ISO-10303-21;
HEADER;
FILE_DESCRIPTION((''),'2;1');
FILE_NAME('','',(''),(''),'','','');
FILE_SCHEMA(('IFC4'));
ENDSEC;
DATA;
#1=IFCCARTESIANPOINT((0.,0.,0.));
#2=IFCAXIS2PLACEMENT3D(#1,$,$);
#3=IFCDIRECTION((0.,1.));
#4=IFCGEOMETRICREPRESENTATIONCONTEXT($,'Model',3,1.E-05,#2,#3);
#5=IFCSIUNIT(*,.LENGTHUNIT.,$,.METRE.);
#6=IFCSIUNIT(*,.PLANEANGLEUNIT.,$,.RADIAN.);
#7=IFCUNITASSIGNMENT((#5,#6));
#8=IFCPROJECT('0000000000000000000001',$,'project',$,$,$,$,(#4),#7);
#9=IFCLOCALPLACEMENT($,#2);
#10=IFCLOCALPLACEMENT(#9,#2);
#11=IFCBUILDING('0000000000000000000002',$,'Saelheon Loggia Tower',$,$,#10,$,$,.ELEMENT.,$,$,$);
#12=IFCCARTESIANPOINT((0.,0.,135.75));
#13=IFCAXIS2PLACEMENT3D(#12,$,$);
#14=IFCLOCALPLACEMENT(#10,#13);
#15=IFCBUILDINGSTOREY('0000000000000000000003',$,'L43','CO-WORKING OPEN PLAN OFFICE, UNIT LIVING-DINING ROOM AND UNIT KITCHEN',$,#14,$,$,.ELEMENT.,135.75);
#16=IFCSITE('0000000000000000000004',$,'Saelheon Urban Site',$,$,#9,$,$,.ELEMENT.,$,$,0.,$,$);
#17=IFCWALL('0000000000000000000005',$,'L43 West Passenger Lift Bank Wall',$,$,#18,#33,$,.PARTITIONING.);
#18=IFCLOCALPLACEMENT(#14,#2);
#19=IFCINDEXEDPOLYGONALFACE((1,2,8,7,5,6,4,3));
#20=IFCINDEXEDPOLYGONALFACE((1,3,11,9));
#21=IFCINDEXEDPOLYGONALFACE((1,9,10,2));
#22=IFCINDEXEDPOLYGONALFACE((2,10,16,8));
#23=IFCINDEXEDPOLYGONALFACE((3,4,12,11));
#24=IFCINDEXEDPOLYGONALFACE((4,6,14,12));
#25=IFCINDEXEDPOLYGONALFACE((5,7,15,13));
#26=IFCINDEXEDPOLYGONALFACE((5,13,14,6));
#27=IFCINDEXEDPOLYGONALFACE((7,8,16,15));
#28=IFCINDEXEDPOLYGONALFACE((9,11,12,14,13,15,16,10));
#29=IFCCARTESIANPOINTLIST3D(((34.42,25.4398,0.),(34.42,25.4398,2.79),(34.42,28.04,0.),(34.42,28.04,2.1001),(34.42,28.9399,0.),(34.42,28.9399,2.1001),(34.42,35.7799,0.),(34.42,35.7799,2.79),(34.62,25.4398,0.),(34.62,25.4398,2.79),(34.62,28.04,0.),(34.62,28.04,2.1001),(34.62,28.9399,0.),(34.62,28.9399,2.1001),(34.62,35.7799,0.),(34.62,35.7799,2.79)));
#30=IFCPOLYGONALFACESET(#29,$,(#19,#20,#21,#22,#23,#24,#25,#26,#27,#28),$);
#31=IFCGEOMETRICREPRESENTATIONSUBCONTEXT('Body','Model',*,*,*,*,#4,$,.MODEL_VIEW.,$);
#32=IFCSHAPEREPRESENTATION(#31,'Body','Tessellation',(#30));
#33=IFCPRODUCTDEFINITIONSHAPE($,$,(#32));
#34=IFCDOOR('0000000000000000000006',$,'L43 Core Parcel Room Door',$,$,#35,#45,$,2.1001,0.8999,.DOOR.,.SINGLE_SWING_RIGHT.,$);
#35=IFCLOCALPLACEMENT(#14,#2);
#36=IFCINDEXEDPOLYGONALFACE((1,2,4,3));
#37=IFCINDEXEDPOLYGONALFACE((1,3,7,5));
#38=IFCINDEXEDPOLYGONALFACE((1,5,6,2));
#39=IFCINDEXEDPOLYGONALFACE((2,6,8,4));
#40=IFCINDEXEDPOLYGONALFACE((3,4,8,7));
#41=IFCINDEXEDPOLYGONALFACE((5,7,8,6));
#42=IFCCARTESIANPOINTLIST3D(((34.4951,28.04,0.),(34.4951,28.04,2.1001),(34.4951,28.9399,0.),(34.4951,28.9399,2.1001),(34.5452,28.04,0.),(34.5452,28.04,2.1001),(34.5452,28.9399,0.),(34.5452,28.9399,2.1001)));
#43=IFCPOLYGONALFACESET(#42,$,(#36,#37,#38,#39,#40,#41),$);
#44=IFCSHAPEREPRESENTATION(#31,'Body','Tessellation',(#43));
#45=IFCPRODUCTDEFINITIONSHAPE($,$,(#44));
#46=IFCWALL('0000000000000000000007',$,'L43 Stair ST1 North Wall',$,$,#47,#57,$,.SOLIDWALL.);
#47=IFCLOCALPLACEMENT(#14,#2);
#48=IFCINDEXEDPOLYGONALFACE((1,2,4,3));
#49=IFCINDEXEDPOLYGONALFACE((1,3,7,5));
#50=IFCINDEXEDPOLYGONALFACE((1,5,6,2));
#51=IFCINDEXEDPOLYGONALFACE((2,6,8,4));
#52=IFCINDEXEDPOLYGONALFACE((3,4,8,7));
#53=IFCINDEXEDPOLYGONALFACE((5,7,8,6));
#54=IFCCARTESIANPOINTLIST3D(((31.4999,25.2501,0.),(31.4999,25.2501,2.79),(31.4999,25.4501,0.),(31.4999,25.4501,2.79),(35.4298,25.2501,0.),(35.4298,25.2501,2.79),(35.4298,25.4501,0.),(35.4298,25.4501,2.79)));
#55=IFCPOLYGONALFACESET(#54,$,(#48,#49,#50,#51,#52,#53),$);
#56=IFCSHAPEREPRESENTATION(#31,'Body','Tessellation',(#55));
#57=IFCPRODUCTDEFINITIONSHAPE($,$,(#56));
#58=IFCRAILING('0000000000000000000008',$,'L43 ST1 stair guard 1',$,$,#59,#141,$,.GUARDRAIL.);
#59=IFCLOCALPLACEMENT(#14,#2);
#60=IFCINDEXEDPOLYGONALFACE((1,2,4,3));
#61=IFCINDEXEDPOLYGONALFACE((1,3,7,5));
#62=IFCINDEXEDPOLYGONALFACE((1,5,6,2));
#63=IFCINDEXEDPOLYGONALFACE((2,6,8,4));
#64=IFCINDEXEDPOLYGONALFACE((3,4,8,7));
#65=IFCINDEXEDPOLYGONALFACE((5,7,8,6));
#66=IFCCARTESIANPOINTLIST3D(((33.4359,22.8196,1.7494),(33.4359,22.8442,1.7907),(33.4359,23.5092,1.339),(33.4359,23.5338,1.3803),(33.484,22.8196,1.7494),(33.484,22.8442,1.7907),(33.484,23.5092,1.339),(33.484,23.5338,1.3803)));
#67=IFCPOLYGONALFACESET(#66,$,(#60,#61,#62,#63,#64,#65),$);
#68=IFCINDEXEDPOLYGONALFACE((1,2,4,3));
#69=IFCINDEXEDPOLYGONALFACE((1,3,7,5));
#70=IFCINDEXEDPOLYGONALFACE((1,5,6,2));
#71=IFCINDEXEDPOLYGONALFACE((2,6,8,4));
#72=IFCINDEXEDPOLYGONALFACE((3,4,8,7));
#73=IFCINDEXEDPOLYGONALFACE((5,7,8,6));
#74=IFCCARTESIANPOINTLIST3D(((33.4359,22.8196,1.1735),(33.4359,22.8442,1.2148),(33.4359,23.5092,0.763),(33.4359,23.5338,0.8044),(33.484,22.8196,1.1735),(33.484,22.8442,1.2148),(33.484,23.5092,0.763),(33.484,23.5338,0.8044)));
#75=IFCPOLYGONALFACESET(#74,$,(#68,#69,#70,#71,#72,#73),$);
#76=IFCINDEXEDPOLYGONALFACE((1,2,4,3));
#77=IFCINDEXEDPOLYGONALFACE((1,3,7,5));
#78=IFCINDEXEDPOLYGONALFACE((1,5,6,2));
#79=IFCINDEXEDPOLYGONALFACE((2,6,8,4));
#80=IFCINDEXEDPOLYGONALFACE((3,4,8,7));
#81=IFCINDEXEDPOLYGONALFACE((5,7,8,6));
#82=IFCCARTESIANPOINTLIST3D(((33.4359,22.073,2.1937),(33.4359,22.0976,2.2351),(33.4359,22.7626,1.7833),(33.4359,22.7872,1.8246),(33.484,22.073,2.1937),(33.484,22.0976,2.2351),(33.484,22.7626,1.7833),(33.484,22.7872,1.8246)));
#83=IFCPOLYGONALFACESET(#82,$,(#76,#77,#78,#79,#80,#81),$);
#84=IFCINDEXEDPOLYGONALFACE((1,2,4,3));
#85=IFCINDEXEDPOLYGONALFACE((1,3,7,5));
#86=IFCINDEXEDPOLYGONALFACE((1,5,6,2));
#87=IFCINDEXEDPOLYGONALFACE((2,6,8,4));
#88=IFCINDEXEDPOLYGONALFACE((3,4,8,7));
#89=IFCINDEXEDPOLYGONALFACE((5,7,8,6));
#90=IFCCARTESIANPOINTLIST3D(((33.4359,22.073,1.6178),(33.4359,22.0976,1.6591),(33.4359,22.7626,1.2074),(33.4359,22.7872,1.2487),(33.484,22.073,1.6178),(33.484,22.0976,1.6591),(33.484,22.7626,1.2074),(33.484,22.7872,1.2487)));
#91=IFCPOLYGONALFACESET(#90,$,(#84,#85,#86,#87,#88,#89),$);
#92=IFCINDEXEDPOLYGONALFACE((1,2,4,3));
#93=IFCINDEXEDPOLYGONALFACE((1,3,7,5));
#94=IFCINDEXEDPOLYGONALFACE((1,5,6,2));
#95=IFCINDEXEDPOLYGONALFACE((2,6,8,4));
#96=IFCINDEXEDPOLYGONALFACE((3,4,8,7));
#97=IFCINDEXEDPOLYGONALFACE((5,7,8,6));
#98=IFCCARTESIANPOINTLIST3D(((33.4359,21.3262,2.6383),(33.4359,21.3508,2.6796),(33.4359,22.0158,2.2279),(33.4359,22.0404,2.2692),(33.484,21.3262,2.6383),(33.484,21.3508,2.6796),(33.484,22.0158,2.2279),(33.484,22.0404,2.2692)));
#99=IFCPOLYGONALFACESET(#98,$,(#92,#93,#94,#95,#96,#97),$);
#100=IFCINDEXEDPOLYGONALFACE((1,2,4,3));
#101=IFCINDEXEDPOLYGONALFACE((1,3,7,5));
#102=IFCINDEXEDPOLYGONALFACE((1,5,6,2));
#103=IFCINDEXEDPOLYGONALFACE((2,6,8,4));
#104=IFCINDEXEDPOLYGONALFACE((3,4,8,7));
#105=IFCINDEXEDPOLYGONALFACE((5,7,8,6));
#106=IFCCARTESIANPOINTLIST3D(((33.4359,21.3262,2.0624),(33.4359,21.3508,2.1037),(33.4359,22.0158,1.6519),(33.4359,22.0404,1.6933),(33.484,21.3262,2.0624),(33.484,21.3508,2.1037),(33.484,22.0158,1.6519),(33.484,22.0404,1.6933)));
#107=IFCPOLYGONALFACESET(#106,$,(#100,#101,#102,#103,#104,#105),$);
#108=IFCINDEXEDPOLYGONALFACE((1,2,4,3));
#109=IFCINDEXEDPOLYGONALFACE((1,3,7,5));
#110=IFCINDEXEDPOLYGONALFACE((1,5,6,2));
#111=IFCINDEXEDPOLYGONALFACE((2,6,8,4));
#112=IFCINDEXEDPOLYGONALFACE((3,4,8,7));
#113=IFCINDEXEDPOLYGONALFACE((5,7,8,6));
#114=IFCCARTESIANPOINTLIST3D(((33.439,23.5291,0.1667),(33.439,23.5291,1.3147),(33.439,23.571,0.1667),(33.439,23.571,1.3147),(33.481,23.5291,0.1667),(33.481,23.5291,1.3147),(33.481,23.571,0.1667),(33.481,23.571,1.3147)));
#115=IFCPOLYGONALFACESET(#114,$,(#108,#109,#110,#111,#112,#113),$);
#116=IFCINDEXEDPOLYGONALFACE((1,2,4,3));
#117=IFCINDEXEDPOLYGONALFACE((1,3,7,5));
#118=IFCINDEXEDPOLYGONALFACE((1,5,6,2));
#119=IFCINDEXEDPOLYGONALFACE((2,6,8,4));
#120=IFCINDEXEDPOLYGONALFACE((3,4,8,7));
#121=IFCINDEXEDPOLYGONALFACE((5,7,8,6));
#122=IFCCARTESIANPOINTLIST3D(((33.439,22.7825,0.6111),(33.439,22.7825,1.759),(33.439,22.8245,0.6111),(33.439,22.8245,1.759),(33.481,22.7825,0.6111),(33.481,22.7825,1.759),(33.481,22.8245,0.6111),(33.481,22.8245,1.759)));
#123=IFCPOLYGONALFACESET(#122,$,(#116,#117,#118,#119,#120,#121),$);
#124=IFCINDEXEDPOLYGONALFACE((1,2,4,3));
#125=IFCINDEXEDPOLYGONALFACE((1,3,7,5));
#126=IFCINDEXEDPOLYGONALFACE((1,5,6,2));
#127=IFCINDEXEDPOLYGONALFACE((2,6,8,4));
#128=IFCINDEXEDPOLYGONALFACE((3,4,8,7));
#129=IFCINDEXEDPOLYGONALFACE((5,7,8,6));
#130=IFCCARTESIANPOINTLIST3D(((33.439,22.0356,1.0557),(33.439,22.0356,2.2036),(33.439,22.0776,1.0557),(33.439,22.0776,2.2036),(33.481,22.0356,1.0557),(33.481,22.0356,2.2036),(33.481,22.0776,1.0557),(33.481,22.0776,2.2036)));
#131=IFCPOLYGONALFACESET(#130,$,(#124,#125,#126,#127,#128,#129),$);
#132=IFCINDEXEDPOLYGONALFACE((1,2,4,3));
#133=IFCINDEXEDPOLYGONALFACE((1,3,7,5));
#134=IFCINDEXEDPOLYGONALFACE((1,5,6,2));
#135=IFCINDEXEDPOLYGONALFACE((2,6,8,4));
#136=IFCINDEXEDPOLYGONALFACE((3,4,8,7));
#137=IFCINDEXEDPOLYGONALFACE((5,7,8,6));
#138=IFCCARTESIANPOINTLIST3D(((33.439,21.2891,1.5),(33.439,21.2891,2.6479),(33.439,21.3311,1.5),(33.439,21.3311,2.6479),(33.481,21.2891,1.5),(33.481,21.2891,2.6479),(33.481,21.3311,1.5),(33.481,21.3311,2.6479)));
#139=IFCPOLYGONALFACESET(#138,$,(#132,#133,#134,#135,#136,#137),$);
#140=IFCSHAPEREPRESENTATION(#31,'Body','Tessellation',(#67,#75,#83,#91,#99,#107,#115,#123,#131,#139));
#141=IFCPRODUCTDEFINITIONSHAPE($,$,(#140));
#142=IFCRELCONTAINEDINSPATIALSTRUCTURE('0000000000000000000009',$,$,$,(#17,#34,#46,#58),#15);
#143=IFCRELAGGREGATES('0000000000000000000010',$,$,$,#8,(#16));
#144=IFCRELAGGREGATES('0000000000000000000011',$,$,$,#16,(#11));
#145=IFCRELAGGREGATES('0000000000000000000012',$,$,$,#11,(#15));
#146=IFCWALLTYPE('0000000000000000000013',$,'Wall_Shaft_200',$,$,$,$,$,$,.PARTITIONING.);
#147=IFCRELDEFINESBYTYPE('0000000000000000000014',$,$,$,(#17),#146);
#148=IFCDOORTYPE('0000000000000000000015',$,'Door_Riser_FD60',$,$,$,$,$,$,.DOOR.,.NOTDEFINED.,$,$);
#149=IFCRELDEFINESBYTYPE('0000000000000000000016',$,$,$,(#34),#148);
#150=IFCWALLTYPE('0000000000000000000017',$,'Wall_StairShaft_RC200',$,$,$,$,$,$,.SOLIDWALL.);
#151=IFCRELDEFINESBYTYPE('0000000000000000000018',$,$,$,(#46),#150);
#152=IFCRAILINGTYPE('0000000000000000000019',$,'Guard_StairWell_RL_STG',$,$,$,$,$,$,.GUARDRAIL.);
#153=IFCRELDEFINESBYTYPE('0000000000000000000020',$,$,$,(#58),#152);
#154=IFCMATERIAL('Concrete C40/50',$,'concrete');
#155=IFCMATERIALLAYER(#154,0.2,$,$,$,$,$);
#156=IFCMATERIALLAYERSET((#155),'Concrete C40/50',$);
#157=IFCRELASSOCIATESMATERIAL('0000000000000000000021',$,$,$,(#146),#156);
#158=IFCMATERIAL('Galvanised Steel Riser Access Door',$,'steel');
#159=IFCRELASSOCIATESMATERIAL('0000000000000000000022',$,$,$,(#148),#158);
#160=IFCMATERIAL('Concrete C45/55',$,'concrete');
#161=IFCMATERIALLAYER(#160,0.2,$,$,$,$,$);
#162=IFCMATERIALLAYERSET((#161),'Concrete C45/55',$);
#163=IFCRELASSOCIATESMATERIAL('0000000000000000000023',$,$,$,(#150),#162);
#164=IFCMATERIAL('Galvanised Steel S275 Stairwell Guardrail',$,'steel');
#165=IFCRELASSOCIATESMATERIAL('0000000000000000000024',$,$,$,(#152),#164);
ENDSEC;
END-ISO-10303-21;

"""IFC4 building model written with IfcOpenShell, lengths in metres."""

from ifc_helpers import new_model, si_unit, direction, frame, frame_2d, origin, origin_2d, place, context, subcontext, project, spatial, rectangle, extrude, source, transform, mapped, material, layer, layer_set, type_object, element, fill, save


model = new_model("IFC4")

# Units and contexts
model_context = context("Model", 3, precision=1e-05, world=origin(), true_north=direction((0.0, 1.0)))
body_context = subcontext(model_context, "Body", "Model", "MODEL_VIEW")
ifc_project = project(units=[si_unit("LENGTHUNIT", "METRE"), si_unit("PLANEANGLEUNIT", "RADIAN")], contexts=[model_context])

# Site, building, storey
site_placement = place(None, origin())
site = spatial("IfcSite", under=ifc_project, at=site_placement, Name="Saelheon Urban Site", CompositionType="ELEMENT", RefElevation=0.0)
building_placement = place(site_placement, origin())
building = spatial("IfcBuilding", under=site, at=building_placement, Name="Saelheon Loggia Tower", CompositionType="ELEMENT")
storey_placement = place(building_placement, frame((0.0, 0.0, 135.75)))
storey = spatial("IfcBuildingStorey", under=building, at=storey_placement, Name="L43", Description="CO-WORKING OPEN PLAN OFFICE, UNIT LIVING-DINING ROOM AND UNIT KITCHEN", CompositionType="ELEMENT", Elevation=135.75)

# Wall, opening, door
ifc_material_1 = material(Name="Concrete C40/50", Category="concrete")
ifc_layer_1 = layer(ifc_material_1, 0.2)
ifc_layer_set_1 = layer_set([ifc_layer_1], Name="Concrete C40/50")
wall_type_1 = type_object("IfcWallType", Name="Wall_Shaft_200", PredefinedType="PARTITIONING", material=ifc_layer_set_1)
wall_1_placement = place(storey_placement, frame((34.52, 25.4399, 0.0), z_axis=(0.0, 0.0, 1.0), x_axis=(0.0, 1.0, 0.0)))
wall_1 = element("IfcWall", 1, at=wall_1_placement, inside=storey, type_object=wall_type_1, Name="L43 West Passenger Lift Bank Wall", PredefinedType="PARTITIONING", context=body_context, shape_type="SweptSolid", body=[
    extrude(rectangle(XDim=10.3401, YDim=0.2, at=frame_2d((5.1699, 0.0))), origin(), (0.0, 0.0, 1.0), 2.79),
])
opening_1_placement = place(wall_1_placement, frame((2.6001, 0.0, 0.0)))
opening_1 = element("IfcOpeningElement", 2, at=opening_1_placement, cuts=wall_1, PredefinedType="OPENING", context=body_context, shape_type="SweptSolid", body=[
    extrude(rectangle(XDim=0.8999, YDim=2.1001, at=frame_2d((0.45, 1.05))), frame((0.0, 0.1121, 0.0), z_axis=(0.0, -1.0, 0.0), x_axis=(1.0, 0.0, 0.0)), (0.0, 0.0, 1.0), 0.2239),
])
ifc_material_2 = material(Name="Galvanised Steel Riser Access Door", Category="steel")
door_type_1 = type_object("IfcDoorType", Name="Door_Riser_FD60", OperationType="NOTDEFINED", PredefinedType="DOOR", material=ifc_material_2)
shared_shape_1 = source(origin(), body_context, "Body", "SweptSolid", [
    extrude(rectangle(XDim=0.8999, YDim=2.1001, at=frame_2d((0.45, 1.05))), frame((0.0, 0.0249, 0.0), z_axis=(0.0, -1.0, 0.0), x_axis=(1.0, 0.0, 0.0)), (0.0, 0.0, 1.0), 0.05),
])
door_1_placement = place(opening_1_placement, origin())
door_1 = element("IfcDoor", 3, at=door_1_placement, inside=storey, type_object=door_type_1, Name="L43 Core Parcel Room Door", OperationType="SINGLE_SWING_RIGHT", OverallHeight=2.1001, OverallWidth=0.8999, PredefinedType="DOOR", context=body_context, shape_type="MappedRepresentation", body=[
    mapped(shared_shape_1, transform((0.0, 0.0, 0.0), scale=1.0)),
])
fill(opening_1, door_1)

# Wall
ifc_material_3 = material(Name="Concrete C45/55", Category="concrete")
ifc_layer_2 = layer(ifc_material_3, 0.2)
ifc_layer_set_2 = layer_set([ifc_layer_2], Name="Concrete C45/55")
wall_type_2 = type_object("IfcWallType", Name="Wall_StairShaft_RC200", PredefinedType="SOLIDWALL", material=ifc_layer_set_2)
wall_2_placement = place(storey_placement, frame((31.5, 25.3501, 0.0), z_axis=(0.0, 0.0, 1.0), x_axis=(1.0, 0.0, 0.0)))
element("IfcWall", 4, at=wall_2_placement, inside=storey, type_object=wall_type_2, Name="L43 Stair ST1 North Wall", PredefinedType="SOLIDWALL", context=body_context, shape_type="SweptSolid", body=[
    extrude(rectangle(XDim=3.9299, YDim=0.2, at=frame_2d((1.9648, 0.0))), origin(), (0.0, 0.0, 1.0), 2.79),
])

# Railing
ifc_material_4 = material(Name="Galvanised Steel S275 Stairwell Guardrail", Category="steel")
railing_type_1 = type_object("IfcRailingType", Name="Guard_StairWell_RL_STG", PredefinedType="GUARDRAIL", material=ifc_material_4)
railing_1_placement = place(storey_placement, frame((33.46, 23.55, 0.1667)))
element("IfcRailing", 5, at=railing_1_placement, inside=storey, type_object=railing_type_1, Name="L43 ST1 stair guard 1", PredefinedType="GUARDRAIL", context=body_context, shape_type="SweptSolid", body=[
    extrude(rectangle(XDim=0.0481, YDim=0.0481, at=origin_2d()), frame((0.0, -0.0286, 1.1929), z_axis=(0.0, -0.859306, 0.511462), x_axis=(1.0, 0.0, 0.0)), (0.0, 0.0, 1.0), 0.8025),
    extrude(rectangle(XDim=0.0481, YDim=0.0481, at=origin_2d()), frame((0.0, -0.0286, 0.6169), z_axis=(0.0, -0.859306, 0.511462), x_axis=(1.0, 0.0, 0.0)), (0.0, 0.0, 1.0), 0.8025),
    extrude(rectangle(XDim=0.0481, YDim=0.0481, at=origin_2d()), frame((0.0, -0.7751, 1.6372), z_axis=(0.0, -0.859306, 0.511462), x_axis=(1.0, 0.0, 0.0)), (0.0, 0.0, 1.0), 0.8025),
    extrude(rectangle(XDim=0.0481, YDim=0.0481, at=origin_2d()), frame((0.0, -0.7751, 1.0613), z_axis=(0.0, -0.859306, 0.511462), x_axis=(1.0, 0.0, 0.0)), (0.0, 0.0, 1.0), 0.8025),
    extrude(rectangle(XDim=0.0481, YDim=0.0481, at=origin_2d()), frame((0.0, -1.522, 2.0818), z_axis=(0.0, -0.859306, 0.511462), x_axis=(1.0, 0.0, 0.0)), (0.0, 0.0, 1.0), 0.8025),
    extrude(rectangle(XDim=0.0481, YDim=0.0481, at=origin_2d()), frame((0.0, -1.522, 1.5059), z_axis=(0.0, -0.859306, 0.511462), x_axis=(1.0, 0.0, 0.0)), (0.0, 0.0, 1.0), 0.8025),
    extrude(rectangle(XDim=0.042, YDim=0.042, at=origin_2d()), origin(), (0.0, 0.0, 1.0), 1.1479),
    extrude(rectangle(XDim=0.042, YDim=0.042, at=origin_2d()), frame((0.0, -0.7466, 0.4443)), (0.0, 0.0, 1.0), 1.1479),
    extrude(rectangle(XDim=0.042, YDim=0.042, at=origin_2d()), frame((0.0, -1.4934, 0.8889)), (0.0, 0.0, 1.0), 1.1479),
    extrude(rectangle(XDim=0.042, YDim=0.042, at=origin_2d()), frame((0.0, -2.24, 1.3333)), (0.0, 0.0, 1.0), 1.1479),
])

save(model, "model.ifc")
